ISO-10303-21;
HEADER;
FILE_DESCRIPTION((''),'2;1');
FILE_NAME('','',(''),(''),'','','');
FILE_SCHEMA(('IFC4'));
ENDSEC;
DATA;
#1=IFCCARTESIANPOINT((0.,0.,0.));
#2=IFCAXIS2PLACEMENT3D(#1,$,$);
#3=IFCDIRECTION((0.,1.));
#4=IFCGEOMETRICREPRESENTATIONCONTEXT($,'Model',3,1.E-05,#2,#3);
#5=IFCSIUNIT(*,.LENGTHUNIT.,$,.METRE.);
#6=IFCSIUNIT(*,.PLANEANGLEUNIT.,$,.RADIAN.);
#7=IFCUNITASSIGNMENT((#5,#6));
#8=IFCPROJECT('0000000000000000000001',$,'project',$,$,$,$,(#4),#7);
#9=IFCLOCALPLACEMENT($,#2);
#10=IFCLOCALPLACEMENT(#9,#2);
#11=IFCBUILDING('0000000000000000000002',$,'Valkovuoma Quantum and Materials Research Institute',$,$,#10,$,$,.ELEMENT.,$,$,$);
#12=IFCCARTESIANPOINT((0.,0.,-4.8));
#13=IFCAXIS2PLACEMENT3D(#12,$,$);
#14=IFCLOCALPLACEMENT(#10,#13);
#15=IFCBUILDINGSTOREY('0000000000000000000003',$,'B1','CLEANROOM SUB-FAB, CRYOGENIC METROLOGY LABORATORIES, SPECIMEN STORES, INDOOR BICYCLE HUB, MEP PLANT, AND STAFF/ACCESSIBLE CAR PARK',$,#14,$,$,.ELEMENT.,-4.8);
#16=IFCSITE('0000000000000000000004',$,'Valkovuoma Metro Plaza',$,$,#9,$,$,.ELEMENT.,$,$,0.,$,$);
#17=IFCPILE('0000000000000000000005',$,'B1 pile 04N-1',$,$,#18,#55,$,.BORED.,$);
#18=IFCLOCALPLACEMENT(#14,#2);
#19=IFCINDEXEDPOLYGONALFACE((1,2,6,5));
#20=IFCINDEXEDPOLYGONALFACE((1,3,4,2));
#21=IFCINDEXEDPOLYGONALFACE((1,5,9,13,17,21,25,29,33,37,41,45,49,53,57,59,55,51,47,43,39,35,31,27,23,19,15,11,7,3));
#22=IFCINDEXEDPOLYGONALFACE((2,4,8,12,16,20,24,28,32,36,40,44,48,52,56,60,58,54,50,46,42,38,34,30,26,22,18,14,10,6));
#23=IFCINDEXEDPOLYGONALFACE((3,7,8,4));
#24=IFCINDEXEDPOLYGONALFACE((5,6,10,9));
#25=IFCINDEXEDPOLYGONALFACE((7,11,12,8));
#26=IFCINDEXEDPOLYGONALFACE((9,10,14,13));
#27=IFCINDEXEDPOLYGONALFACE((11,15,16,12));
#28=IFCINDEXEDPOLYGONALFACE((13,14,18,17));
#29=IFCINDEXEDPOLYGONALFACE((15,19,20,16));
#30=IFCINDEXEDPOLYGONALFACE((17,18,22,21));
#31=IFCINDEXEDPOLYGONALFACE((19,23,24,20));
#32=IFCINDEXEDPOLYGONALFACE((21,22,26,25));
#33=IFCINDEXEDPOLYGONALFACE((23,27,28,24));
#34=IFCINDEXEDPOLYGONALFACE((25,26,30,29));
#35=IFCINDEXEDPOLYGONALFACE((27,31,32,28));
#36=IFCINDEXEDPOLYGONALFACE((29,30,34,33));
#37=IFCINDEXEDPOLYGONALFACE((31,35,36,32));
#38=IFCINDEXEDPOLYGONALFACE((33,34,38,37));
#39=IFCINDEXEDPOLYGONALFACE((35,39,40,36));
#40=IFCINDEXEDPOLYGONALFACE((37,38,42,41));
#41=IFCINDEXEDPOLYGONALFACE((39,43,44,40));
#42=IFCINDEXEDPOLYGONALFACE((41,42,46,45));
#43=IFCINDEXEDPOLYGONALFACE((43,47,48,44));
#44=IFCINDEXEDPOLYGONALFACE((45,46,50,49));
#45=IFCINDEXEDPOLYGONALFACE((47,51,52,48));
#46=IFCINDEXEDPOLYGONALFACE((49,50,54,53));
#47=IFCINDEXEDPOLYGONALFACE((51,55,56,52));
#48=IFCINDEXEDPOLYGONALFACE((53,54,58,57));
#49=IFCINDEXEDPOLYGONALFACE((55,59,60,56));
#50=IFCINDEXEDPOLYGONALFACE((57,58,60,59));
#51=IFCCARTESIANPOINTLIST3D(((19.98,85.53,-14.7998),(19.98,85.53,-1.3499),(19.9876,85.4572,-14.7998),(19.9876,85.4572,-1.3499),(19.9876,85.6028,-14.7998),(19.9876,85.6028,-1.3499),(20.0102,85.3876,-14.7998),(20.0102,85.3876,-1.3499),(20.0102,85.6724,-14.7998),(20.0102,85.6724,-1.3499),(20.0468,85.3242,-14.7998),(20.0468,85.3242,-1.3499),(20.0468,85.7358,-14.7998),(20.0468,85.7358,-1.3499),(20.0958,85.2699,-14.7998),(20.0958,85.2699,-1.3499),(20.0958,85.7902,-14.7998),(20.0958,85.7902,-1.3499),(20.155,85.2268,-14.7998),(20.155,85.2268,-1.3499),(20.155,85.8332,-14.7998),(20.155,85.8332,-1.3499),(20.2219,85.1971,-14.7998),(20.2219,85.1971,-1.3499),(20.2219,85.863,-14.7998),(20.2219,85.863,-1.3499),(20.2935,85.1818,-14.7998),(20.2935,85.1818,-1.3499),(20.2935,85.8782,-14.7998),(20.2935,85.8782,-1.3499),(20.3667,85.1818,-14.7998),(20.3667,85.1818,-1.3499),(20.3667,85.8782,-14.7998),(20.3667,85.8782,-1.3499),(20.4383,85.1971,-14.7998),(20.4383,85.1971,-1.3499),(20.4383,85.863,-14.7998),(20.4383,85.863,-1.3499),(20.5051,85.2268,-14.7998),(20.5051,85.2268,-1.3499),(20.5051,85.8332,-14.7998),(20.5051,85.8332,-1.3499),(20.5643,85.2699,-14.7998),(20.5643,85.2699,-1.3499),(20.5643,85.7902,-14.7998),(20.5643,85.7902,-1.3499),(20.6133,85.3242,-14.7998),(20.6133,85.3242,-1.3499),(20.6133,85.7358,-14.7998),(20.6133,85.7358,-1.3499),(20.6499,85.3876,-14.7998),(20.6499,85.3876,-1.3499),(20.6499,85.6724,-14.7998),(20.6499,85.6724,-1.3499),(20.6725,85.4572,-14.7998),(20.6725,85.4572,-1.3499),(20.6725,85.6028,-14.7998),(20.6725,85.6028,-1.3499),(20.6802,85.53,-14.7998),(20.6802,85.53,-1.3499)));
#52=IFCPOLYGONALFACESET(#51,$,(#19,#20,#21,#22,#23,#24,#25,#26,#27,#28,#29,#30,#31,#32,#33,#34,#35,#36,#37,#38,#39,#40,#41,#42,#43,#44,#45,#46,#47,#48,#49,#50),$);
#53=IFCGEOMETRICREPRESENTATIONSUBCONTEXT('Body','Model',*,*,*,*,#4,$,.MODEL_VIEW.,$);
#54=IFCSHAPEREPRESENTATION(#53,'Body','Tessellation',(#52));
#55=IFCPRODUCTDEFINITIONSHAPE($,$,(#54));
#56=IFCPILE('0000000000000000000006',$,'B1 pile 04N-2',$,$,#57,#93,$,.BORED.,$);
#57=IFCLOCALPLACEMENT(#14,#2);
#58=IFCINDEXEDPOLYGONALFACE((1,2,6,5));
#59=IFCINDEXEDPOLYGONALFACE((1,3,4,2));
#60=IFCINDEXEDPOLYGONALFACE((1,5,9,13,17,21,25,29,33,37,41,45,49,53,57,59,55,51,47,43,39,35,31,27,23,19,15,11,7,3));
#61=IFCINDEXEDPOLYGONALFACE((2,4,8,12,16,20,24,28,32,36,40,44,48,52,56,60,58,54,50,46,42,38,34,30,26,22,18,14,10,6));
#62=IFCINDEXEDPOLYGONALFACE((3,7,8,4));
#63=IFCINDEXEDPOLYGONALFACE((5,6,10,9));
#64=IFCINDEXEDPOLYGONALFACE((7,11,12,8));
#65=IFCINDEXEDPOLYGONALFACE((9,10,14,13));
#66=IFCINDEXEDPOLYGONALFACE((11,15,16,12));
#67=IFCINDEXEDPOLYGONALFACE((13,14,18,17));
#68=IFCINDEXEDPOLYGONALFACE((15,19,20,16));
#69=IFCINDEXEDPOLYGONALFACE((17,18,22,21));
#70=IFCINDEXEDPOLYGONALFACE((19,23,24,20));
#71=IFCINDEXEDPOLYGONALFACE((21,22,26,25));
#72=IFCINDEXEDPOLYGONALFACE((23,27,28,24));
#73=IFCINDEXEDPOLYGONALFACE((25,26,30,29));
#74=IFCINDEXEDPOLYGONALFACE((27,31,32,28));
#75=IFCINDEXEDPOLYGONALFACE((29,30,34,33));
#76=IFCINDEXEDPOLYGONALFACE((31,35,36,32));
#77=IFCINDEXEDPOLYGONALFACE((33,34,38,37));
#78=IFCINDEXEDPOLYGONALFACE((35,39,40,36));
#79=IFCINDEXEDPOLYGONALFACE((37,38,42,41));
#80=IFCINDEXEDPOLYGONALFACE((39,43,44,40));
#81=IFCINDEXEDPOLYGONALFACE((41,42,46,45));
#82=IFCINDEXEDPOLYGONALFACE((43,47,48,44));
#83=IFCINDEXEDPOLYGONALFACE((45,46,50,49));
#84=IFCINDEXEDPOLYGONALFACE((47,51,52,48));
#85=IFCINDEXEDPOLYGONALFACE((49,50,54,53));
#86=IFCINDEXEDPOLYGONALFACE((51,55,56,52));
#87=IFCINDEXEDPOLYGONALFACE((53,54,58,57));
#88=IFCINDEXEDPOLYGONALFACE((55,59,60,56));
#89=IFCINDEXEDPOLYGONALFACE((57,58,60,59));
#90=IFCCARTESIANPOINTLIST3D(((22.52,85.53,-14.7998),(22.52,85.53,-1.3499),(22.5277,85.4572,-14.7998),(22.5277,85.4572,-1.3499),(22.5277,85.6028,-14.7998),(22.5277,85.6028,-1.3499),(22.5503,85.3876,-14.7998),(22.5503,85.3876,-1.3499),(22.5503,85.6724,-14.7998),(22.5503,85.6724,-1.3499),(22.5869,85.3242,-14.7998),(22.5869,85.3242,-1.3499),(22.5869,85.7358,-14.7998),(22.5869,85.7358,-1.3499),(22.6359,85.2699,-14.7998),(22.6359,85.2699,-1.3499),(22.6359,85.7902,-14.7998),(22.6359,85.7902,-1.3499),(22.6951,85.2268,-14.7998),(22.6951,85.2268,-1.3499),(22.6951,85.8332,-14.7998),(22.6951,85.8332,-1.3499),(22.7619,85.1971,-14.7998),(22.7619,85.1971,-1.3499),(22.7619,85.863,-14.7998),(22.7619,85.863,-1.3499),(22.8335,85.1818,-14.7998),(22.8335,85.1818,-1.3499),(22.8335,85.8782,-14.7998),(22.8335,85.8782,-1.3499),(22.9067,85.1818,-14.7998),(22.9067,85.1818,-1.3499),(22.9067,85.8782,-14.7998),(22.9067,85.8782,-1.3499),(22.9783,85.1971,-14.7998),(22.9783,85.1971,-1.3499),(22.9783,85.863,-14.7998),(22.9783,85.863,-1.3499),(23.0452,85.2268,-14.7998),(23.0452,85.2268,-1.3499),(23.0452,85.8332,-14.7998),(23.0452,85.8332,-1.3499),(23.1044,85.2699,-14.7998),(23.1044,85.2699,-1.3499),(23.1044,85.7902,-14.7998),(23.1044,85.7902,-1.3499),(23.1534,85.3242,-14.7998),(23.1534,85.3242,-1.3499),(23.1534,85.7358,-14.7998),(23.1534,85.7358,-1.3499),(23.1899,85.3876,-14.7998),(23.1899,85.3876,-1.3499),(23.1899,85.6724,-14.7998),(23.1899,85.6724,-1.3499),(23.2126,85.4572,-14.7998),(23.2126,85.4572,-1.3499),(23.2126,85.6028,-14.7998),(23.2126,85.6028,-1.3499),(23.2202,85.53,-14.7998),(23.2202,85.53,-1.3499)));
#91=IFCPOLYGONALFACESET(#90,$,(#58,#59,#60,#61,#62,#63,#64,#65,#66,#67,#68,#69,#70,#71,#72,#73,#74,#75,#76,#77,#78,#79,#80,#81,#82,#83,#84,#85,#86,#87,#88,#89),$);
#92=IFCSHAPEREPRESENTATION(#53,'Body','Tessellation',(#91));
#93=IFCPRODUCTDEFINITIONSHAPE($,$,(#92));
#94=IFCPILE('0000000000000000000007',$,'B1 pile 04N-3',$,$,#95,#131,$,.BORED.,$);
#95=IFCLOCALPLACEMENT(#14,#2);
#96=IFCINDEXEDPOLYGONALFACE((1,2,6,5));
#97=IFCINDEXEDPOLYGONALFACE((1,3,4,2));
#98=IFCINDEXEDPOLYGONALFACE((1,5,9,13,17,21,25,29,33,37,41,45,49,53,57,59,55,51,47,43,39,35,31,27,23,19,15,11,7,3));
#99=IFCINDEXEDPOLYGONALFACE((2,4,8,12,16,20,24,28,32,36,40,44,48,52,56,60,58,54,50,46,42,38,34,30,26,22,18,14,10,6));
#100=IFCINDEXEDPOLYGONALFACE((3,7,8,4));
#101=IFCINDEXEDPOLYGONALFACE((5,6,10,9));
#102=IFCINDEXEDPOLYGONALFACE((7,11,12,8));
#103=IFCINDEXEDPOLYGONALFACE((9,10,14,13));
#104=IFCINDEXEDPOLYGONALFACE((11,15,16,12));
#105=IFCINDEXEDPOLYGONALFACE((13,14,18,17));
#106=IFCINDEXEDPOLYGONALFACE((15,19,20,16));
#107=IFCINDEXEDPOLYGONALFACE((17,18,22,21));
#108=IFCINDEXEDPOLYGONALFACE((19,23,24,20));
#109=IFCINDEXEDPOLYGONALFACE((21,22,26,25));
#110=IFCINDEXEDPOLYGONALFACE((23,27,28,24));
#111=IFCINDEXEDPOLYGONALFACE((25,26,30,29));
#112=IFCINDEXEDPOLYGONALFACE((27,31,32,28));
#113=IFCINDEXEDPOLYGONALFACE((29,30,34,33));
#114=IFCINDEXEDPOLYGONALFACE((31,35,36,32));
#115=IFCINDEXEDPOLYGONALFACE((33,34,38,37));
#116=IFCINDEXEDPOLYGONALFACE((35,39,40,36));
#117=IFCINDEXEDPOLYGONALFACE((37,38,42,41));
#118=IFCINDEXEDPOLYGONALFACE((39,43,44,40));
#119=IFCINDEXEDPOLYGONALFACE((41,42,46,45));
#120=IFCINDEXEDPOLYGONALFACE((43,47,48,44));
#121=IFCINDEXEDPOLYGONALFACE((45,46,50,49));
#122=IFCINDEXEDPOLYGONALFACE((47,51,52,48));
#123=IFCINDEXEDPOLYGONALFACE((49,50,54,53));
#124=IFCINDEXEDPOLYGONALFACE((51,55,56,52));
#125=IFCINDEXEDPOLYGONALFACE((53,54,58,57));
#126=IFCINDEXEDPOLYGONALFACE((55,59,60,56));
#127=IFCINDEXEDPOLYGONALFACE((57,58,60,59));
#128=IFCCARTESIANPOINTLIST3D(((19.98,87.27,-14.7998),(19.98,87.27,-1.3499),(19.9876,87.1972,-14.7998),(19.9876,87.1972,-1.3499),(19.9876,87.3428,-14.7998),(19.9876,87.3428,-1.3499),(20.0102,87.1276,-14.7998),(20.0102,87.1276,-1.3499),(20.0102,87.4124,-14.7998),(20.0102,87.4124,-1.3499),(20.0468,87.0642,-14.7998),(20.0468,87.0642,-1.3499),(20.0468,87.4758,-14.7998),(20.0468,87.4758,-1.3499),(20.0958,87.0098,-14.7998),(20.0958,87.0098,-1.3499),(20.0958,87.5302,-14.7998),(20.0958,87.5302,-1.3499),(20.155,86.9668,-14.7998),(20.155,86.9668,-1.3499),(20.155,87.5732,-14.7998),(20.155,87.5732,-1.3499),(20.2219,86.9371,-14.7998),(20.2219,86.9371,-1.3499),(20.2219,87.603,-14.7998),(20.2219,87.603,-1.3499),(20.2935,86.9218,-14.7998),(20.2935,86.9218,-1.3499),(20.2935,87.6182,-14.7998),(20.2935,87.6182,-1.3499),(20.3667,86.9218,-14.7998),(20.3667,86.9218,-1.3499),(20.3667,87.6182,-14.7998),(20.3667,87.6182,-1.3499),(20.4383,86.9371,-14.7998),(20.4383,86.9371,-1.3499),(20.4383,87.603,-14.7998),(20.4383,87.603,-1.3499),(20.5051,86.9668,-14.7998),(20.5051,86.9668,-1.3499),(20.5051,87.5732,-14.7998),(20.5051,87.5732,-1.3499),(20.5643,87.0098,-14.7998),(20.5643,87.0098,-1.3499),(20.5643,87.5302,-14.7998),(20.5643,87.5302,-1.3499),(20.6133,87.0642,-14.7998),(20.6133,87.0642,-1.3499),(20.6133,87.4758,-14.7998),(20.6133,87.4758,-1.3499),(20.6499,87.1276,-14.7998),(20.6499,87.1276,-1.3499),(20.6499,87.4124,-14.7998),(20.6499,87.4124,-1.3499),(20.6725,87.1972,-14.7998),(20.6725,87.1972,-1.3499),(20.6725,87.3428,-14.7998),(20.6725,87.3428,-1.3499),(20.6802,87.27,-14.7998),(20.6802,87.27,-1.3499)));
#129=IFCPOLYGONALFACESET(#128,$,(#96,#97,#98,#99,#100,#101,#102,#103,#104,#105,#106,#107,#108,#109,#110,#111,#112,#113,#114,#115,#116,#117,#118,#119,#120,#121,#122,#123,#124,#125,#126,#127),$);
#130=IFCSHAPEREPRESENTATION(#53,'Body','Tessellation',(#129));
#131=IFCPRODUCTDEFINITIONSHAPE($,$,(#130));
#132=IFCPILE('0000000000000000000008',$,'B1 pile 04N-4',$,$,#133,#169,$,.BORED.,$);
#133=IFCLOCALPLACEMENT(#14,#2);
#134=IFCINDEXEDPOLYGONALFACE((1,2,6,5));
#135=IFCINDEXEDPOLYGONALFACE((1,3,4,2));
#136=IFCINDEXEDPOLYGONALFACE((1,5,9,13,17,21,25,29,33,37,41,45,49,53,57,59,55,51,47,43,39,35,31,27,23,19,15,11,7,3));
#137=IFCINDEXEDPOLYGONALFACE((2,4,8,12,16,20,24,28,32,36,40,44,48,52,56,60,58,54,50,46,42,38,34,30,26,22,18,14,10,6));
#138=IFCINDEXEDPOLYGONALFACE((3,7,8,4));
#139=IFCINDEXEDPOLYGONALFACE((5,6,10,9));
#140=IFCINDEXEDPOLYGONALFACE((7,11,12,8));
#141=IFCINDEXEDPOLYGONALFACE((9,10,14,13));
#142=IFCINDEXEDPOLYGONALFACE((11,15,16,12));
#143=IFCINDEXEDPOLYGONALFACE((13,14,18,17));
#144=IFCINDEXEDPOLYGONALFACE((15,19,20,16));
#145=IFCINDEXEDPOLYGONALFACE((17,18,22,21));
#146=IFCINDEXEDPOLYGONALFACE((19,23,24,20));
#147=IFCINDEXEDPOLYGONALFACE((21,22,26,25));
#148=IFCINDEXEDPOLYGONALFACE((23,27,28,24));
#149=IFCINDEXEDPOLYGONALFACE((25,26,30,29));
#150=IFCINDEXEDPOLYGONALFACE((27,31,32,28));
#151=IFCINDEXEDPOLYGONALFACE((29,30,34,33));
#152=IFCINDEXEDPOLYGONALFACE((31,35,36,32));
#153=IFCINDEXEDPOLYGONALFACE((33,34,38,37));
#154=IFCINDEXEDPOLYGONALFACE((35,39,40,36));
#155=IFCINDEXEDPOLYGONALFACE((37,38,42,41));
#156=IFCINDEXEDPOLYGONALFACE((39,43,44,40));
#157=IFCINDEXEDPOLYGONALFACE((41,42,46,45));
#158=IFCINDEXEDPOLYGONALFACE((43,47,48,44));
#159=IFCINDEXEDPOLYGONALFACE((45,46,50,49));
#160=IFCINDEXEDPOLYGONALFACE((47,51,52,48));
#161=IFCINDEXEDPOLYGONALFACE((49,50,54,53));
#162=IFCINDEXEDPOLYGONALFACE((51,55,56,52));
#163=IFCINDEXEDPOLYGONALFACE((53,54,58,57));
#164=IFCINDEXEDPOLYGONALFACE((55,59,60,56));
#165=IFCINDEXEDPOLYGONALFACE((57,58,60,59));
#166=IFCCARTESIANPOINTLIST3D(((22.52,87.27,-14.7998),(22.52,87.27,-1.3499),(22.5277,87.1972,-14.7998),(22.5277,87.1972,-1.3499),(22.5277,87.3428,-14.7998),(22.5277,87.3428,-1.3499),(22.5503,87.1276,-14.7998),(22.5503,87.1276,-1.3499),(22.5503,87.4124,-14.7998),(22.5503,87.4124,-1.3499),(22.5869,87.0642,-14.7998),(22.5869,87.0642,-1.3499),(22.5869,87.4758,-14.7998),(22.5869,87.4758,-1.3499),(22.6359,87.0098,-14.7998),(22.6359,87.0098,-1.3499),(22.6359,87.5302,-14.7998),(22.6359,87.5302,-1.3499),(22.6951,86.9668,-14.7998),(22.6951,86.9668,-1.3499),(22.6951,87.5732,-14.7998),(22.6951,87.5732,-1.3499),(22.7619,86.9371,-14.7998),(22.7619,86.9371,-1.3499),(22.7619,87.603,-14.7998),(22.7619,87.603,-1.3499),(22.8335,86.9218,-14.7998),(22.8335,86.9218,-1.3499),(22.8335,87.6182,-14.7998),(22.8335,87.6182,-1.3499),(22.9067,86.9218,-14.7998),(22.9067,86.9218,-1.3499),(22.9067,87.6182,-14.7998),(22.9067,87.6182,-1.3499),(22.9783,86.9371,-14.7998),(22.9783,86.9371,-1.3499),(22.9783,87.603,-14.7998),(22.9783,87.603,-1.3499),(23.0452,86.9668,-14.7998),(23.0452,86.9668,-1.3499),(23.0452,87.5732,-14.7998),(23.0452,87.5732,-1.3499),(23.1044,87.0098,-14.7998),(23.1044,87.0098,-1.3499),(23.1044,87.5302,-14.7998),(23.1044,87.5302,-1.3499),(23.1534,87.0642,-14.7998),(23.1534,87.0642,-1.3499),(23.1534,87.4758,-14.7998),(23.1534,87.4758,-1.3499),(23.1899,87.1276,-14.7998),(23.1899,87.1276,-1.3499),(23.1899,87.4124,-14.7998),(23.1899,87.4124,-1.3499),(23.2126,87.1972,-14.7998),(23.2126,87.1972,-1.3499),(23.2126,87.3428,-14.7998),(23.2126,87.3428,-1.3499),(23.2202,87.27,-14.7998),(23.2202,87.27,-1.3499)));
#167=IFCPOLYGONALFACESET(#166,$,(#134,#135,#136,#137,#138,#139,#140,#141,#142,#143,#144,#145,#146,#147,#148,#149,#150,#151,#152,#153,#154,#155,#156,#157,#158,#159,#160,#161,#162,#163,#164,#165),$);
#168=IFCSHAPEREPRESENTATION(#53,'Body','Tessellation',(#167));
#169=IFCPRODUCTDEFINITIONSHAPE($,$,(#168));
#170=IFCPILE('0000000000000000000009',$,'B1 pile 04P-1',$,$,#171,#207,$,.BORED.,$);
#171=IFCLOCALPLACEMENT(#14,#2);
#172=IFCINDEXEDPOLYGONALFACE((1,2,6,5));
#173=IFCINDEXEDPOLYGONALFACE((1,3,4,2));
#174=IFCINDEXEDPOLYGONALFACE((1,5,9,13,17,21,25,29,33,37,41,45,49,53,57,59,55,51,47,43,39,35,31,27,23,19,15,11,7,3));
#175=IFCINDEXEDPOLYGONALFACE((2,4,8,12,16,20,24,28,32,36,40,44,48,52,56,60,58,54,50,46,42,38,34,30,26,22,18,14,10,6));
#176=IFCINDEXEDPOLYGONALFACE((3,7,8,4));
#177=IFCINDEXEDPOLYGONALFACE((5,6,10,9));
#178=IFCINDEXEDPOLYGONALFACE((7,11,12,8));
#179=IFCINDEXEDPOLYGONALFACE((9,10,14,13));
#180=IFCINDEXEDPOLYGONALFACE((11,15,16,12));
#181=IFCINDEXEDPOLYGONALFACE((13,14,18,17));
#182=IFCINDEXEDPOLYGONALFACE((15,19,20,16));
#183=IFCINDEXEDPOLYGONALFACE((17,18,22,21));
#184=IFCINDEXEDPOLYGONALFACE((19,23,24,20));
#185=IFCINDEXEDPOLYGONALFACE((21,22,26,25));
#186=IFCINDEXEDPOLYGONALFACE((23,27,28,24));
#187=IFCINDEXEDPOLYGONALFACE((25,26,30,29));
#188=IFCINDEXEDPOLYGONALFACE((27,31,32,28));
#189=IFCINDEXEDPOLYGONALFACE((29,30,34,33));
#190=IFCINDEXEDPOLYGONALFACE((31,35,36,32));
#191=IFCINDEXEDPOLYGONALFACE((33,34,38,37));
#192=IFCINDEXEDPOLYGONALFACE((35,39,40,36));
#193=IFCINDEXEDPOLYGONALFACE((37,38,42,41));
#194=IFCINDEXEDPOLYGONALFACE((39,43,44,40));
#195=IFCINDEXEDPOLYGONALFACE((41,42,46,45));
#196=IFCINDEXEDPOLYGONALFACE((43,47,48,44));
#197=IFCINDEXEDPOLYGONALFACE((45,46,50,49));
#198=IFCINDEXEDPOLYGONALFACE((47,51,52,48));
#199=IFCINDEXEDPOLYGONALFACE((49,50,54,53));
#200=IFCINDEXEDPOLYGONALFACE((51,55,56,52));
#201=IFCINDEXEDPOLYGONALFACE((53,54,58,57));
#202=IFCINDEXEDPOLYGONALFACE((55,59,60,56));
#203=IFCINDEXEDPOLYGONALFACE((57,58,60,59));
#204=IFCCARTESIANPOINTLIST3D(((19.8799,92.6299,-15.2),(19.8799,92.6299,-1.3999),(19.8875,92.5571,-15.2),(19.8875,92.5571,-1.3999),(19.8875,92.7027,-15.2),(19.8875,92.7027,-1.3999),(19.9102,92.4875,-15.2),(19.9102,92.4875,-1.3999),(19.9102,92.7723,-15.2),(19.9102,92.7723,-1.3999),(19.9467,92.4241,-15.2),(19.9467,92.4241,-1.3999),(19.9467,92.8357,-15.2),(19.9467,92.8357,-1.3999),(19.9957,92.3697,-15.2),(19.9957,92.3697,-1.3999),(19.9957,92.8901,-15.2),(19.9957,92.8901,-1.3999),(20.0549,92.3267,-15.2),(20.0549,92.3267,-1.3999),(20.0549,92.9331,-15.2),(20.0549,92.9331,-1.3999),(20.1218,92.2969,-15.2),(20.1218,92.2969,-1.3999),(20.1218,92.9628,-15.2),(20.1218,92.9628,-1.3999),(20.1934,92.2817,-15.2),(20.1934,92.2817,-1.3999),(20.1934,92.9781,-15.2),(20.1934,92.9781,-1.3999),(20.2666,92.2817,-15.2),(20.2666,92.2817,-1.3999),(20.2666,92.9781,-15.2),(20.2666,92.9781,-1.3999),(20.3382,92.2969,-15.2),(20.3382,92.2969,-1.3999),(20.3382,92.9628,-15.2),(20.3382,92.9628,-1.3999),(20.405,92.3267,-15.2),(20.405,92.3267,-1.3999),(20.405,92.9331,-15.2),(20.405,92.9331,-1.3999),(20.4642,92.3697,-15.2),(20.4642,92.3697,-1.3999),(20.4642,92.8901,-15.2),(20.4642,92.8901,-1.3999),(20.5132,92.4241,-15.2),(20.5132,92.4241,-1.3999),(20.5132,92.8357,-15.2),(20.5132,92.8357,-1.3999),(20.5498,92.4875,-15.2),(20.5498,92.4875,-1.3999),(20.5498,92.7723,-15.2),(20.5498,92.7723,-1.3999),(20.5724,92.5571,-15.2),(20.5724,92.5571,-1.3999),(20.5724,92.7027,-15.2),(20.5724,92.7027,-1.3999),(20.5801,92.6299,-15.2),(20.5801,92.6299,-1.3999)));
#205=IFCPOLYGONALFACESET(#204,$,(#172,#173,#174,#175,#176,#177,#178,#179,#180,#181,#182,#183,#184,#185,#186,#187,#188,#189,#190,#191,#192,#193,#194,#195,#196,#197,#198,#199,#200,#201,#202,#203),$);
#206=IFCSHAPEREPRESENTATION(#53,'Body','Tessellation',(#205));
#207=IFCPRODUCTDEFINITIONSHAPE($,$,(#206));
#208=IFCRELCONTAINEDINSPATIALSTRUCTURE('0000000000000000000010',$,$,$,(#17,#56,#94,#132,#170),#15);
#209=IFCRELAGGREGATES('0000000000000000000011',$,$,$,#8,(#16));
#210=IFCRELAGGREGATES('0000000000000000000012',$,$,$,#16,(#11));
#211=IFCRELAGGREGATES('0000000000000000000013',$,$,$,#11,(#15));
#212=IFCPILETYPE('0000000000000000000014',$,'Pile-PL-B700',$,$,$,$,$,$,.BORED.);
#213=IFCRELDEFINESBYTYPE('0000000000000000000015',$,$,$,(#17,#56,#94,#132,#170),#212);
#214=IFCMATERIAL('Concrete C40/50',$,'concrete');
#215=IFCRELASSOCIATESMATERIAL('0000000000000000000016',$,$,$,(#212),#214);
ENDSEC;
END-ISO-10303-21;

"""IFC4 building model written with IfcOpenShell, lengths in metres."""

from ifc_helpers import new_model, si_unit, direction, frame, origin, origin_2d, place, context, subcontext, project, spatial, circle, extrude, material, material_profile, profile_set, type_object, element, save


model = new_model("IFC4")

# Units and contexts
model_context = context("Model", 3, precision=1e-05, world=origin(), true_north=direction((0.0, 1.0)))
body_context = subcontext(model_context, "Body", "Model", "MODEL_VIEW")
ifc_project = project(units=[si_unit("LENGTHUNIT", "METRE"), si_unit("PLANEANGLEUNIT", "RADIAN")], contexts=[model_context])

# Site, building, storey
site_placement = place(None, origin())
site = spatial("IfcSite", under=ifc_project, at=site_placement, Name="Valkovuoma Metro Plaza", CompositionType="ELEMENT", RefElevation=0.0)
building_placement = place(site_placement, origin())
building = spatial("IfcBuilding", under=site, at=building_placement, Name="Valkovuoma Quantum and Materials Research Institute", CompositionType="ELEMENT")
storey_placement = place(building_placement, frame((0.0, 0.0, -4.8)))
storey = spatial("IfcBuildingStorey", under=building, at=storey_placement, Name="B1", Description="CLEANROOM SUB-FAB, CRYOGENIC METROLOGY LABORATORIES, SPECIMEN STORES, INDOOR BICYCLE HUB, MEP PLANT, AND STAFF/ACCESSIBLE CAR PARK", CompositionType="ELEMENT", Elevation=-4.8)

# Piles
ifc_material_1 = material(Name="Concrete C40/50", Category="concrete")
ifc_material_profile_1 = material_profile(ifc_material_1, circle(Radius=0.3501, at=origin_2d()), Name="Concrete C40/50")
ifc_profile_set_1 = profile_set([ifc_material_profile_1], Name="Concrete C40/50")
pile_type_1 = type_object("IfcPileType", Name="Pile-PL-B700", PredefinedType="BORED", material=ifc_profile_set_1)
for number, where, z_axis, x_axis, name in (
    (1, (20.3301, 85.53, -1.3499), (0.0, 0.0, -1.0), (1.0, 0.0, 0.0), "B1 pile 04N-1"),
    (2, (22.8701, 85.53, -1.3499), (0.0, 0.0, -1.0), (1.0, 0.0, 0.0), "B1 pile 04N-2"),
    (3, (20.3301, 87.27, -1.3499), (0.0, 0.0, -1.0), (1.0, 0.0, 0.0), "B1 pile 04N-3"),
    (4, (22.8701, 87.27, -1.3499), (0.0, 0.0, -1.0), (1.0, 0.0, 0.0), "B1 pile 04N-4"),
):
    element("IfcPile", number, at=place(storey_placement, frame(where, z_axis=z_axis, x_axis=x_axis)), inside=storey, type_object=pile_type_1, Name=name, PredefinedType="BORED", context=body_context, shape_type="SweptSolid", body=[
        extrude(circle(Radius=0.3501, at=origin_2d()), origin(), (0.0, 0.0, 1.0), 13.45),
    ])
for number, where, z_axis, x_axis, name in (
    (5, (20.23, 92.6299, -1.3999), (0.0, 0.0, -1.0), (1.0, 0.0, 0.0), "B1 pile 04P-1"),
):
    element("IfcPile", number, at=place(storey_placement, frame(where, z_axis=z_axis, x_axis=x_axis)), inside=storey, type_object=pile_type_1, Name=name, PredefinedType="BORED", context=body_context, shape_type="SweptSolid", body=[
        extrude(circle(Radius=0.3501, at=origin_2d()), origin(), (0.0, 0.0, 1.0), 13.8),
    ])

save(model, "model.ifc")
